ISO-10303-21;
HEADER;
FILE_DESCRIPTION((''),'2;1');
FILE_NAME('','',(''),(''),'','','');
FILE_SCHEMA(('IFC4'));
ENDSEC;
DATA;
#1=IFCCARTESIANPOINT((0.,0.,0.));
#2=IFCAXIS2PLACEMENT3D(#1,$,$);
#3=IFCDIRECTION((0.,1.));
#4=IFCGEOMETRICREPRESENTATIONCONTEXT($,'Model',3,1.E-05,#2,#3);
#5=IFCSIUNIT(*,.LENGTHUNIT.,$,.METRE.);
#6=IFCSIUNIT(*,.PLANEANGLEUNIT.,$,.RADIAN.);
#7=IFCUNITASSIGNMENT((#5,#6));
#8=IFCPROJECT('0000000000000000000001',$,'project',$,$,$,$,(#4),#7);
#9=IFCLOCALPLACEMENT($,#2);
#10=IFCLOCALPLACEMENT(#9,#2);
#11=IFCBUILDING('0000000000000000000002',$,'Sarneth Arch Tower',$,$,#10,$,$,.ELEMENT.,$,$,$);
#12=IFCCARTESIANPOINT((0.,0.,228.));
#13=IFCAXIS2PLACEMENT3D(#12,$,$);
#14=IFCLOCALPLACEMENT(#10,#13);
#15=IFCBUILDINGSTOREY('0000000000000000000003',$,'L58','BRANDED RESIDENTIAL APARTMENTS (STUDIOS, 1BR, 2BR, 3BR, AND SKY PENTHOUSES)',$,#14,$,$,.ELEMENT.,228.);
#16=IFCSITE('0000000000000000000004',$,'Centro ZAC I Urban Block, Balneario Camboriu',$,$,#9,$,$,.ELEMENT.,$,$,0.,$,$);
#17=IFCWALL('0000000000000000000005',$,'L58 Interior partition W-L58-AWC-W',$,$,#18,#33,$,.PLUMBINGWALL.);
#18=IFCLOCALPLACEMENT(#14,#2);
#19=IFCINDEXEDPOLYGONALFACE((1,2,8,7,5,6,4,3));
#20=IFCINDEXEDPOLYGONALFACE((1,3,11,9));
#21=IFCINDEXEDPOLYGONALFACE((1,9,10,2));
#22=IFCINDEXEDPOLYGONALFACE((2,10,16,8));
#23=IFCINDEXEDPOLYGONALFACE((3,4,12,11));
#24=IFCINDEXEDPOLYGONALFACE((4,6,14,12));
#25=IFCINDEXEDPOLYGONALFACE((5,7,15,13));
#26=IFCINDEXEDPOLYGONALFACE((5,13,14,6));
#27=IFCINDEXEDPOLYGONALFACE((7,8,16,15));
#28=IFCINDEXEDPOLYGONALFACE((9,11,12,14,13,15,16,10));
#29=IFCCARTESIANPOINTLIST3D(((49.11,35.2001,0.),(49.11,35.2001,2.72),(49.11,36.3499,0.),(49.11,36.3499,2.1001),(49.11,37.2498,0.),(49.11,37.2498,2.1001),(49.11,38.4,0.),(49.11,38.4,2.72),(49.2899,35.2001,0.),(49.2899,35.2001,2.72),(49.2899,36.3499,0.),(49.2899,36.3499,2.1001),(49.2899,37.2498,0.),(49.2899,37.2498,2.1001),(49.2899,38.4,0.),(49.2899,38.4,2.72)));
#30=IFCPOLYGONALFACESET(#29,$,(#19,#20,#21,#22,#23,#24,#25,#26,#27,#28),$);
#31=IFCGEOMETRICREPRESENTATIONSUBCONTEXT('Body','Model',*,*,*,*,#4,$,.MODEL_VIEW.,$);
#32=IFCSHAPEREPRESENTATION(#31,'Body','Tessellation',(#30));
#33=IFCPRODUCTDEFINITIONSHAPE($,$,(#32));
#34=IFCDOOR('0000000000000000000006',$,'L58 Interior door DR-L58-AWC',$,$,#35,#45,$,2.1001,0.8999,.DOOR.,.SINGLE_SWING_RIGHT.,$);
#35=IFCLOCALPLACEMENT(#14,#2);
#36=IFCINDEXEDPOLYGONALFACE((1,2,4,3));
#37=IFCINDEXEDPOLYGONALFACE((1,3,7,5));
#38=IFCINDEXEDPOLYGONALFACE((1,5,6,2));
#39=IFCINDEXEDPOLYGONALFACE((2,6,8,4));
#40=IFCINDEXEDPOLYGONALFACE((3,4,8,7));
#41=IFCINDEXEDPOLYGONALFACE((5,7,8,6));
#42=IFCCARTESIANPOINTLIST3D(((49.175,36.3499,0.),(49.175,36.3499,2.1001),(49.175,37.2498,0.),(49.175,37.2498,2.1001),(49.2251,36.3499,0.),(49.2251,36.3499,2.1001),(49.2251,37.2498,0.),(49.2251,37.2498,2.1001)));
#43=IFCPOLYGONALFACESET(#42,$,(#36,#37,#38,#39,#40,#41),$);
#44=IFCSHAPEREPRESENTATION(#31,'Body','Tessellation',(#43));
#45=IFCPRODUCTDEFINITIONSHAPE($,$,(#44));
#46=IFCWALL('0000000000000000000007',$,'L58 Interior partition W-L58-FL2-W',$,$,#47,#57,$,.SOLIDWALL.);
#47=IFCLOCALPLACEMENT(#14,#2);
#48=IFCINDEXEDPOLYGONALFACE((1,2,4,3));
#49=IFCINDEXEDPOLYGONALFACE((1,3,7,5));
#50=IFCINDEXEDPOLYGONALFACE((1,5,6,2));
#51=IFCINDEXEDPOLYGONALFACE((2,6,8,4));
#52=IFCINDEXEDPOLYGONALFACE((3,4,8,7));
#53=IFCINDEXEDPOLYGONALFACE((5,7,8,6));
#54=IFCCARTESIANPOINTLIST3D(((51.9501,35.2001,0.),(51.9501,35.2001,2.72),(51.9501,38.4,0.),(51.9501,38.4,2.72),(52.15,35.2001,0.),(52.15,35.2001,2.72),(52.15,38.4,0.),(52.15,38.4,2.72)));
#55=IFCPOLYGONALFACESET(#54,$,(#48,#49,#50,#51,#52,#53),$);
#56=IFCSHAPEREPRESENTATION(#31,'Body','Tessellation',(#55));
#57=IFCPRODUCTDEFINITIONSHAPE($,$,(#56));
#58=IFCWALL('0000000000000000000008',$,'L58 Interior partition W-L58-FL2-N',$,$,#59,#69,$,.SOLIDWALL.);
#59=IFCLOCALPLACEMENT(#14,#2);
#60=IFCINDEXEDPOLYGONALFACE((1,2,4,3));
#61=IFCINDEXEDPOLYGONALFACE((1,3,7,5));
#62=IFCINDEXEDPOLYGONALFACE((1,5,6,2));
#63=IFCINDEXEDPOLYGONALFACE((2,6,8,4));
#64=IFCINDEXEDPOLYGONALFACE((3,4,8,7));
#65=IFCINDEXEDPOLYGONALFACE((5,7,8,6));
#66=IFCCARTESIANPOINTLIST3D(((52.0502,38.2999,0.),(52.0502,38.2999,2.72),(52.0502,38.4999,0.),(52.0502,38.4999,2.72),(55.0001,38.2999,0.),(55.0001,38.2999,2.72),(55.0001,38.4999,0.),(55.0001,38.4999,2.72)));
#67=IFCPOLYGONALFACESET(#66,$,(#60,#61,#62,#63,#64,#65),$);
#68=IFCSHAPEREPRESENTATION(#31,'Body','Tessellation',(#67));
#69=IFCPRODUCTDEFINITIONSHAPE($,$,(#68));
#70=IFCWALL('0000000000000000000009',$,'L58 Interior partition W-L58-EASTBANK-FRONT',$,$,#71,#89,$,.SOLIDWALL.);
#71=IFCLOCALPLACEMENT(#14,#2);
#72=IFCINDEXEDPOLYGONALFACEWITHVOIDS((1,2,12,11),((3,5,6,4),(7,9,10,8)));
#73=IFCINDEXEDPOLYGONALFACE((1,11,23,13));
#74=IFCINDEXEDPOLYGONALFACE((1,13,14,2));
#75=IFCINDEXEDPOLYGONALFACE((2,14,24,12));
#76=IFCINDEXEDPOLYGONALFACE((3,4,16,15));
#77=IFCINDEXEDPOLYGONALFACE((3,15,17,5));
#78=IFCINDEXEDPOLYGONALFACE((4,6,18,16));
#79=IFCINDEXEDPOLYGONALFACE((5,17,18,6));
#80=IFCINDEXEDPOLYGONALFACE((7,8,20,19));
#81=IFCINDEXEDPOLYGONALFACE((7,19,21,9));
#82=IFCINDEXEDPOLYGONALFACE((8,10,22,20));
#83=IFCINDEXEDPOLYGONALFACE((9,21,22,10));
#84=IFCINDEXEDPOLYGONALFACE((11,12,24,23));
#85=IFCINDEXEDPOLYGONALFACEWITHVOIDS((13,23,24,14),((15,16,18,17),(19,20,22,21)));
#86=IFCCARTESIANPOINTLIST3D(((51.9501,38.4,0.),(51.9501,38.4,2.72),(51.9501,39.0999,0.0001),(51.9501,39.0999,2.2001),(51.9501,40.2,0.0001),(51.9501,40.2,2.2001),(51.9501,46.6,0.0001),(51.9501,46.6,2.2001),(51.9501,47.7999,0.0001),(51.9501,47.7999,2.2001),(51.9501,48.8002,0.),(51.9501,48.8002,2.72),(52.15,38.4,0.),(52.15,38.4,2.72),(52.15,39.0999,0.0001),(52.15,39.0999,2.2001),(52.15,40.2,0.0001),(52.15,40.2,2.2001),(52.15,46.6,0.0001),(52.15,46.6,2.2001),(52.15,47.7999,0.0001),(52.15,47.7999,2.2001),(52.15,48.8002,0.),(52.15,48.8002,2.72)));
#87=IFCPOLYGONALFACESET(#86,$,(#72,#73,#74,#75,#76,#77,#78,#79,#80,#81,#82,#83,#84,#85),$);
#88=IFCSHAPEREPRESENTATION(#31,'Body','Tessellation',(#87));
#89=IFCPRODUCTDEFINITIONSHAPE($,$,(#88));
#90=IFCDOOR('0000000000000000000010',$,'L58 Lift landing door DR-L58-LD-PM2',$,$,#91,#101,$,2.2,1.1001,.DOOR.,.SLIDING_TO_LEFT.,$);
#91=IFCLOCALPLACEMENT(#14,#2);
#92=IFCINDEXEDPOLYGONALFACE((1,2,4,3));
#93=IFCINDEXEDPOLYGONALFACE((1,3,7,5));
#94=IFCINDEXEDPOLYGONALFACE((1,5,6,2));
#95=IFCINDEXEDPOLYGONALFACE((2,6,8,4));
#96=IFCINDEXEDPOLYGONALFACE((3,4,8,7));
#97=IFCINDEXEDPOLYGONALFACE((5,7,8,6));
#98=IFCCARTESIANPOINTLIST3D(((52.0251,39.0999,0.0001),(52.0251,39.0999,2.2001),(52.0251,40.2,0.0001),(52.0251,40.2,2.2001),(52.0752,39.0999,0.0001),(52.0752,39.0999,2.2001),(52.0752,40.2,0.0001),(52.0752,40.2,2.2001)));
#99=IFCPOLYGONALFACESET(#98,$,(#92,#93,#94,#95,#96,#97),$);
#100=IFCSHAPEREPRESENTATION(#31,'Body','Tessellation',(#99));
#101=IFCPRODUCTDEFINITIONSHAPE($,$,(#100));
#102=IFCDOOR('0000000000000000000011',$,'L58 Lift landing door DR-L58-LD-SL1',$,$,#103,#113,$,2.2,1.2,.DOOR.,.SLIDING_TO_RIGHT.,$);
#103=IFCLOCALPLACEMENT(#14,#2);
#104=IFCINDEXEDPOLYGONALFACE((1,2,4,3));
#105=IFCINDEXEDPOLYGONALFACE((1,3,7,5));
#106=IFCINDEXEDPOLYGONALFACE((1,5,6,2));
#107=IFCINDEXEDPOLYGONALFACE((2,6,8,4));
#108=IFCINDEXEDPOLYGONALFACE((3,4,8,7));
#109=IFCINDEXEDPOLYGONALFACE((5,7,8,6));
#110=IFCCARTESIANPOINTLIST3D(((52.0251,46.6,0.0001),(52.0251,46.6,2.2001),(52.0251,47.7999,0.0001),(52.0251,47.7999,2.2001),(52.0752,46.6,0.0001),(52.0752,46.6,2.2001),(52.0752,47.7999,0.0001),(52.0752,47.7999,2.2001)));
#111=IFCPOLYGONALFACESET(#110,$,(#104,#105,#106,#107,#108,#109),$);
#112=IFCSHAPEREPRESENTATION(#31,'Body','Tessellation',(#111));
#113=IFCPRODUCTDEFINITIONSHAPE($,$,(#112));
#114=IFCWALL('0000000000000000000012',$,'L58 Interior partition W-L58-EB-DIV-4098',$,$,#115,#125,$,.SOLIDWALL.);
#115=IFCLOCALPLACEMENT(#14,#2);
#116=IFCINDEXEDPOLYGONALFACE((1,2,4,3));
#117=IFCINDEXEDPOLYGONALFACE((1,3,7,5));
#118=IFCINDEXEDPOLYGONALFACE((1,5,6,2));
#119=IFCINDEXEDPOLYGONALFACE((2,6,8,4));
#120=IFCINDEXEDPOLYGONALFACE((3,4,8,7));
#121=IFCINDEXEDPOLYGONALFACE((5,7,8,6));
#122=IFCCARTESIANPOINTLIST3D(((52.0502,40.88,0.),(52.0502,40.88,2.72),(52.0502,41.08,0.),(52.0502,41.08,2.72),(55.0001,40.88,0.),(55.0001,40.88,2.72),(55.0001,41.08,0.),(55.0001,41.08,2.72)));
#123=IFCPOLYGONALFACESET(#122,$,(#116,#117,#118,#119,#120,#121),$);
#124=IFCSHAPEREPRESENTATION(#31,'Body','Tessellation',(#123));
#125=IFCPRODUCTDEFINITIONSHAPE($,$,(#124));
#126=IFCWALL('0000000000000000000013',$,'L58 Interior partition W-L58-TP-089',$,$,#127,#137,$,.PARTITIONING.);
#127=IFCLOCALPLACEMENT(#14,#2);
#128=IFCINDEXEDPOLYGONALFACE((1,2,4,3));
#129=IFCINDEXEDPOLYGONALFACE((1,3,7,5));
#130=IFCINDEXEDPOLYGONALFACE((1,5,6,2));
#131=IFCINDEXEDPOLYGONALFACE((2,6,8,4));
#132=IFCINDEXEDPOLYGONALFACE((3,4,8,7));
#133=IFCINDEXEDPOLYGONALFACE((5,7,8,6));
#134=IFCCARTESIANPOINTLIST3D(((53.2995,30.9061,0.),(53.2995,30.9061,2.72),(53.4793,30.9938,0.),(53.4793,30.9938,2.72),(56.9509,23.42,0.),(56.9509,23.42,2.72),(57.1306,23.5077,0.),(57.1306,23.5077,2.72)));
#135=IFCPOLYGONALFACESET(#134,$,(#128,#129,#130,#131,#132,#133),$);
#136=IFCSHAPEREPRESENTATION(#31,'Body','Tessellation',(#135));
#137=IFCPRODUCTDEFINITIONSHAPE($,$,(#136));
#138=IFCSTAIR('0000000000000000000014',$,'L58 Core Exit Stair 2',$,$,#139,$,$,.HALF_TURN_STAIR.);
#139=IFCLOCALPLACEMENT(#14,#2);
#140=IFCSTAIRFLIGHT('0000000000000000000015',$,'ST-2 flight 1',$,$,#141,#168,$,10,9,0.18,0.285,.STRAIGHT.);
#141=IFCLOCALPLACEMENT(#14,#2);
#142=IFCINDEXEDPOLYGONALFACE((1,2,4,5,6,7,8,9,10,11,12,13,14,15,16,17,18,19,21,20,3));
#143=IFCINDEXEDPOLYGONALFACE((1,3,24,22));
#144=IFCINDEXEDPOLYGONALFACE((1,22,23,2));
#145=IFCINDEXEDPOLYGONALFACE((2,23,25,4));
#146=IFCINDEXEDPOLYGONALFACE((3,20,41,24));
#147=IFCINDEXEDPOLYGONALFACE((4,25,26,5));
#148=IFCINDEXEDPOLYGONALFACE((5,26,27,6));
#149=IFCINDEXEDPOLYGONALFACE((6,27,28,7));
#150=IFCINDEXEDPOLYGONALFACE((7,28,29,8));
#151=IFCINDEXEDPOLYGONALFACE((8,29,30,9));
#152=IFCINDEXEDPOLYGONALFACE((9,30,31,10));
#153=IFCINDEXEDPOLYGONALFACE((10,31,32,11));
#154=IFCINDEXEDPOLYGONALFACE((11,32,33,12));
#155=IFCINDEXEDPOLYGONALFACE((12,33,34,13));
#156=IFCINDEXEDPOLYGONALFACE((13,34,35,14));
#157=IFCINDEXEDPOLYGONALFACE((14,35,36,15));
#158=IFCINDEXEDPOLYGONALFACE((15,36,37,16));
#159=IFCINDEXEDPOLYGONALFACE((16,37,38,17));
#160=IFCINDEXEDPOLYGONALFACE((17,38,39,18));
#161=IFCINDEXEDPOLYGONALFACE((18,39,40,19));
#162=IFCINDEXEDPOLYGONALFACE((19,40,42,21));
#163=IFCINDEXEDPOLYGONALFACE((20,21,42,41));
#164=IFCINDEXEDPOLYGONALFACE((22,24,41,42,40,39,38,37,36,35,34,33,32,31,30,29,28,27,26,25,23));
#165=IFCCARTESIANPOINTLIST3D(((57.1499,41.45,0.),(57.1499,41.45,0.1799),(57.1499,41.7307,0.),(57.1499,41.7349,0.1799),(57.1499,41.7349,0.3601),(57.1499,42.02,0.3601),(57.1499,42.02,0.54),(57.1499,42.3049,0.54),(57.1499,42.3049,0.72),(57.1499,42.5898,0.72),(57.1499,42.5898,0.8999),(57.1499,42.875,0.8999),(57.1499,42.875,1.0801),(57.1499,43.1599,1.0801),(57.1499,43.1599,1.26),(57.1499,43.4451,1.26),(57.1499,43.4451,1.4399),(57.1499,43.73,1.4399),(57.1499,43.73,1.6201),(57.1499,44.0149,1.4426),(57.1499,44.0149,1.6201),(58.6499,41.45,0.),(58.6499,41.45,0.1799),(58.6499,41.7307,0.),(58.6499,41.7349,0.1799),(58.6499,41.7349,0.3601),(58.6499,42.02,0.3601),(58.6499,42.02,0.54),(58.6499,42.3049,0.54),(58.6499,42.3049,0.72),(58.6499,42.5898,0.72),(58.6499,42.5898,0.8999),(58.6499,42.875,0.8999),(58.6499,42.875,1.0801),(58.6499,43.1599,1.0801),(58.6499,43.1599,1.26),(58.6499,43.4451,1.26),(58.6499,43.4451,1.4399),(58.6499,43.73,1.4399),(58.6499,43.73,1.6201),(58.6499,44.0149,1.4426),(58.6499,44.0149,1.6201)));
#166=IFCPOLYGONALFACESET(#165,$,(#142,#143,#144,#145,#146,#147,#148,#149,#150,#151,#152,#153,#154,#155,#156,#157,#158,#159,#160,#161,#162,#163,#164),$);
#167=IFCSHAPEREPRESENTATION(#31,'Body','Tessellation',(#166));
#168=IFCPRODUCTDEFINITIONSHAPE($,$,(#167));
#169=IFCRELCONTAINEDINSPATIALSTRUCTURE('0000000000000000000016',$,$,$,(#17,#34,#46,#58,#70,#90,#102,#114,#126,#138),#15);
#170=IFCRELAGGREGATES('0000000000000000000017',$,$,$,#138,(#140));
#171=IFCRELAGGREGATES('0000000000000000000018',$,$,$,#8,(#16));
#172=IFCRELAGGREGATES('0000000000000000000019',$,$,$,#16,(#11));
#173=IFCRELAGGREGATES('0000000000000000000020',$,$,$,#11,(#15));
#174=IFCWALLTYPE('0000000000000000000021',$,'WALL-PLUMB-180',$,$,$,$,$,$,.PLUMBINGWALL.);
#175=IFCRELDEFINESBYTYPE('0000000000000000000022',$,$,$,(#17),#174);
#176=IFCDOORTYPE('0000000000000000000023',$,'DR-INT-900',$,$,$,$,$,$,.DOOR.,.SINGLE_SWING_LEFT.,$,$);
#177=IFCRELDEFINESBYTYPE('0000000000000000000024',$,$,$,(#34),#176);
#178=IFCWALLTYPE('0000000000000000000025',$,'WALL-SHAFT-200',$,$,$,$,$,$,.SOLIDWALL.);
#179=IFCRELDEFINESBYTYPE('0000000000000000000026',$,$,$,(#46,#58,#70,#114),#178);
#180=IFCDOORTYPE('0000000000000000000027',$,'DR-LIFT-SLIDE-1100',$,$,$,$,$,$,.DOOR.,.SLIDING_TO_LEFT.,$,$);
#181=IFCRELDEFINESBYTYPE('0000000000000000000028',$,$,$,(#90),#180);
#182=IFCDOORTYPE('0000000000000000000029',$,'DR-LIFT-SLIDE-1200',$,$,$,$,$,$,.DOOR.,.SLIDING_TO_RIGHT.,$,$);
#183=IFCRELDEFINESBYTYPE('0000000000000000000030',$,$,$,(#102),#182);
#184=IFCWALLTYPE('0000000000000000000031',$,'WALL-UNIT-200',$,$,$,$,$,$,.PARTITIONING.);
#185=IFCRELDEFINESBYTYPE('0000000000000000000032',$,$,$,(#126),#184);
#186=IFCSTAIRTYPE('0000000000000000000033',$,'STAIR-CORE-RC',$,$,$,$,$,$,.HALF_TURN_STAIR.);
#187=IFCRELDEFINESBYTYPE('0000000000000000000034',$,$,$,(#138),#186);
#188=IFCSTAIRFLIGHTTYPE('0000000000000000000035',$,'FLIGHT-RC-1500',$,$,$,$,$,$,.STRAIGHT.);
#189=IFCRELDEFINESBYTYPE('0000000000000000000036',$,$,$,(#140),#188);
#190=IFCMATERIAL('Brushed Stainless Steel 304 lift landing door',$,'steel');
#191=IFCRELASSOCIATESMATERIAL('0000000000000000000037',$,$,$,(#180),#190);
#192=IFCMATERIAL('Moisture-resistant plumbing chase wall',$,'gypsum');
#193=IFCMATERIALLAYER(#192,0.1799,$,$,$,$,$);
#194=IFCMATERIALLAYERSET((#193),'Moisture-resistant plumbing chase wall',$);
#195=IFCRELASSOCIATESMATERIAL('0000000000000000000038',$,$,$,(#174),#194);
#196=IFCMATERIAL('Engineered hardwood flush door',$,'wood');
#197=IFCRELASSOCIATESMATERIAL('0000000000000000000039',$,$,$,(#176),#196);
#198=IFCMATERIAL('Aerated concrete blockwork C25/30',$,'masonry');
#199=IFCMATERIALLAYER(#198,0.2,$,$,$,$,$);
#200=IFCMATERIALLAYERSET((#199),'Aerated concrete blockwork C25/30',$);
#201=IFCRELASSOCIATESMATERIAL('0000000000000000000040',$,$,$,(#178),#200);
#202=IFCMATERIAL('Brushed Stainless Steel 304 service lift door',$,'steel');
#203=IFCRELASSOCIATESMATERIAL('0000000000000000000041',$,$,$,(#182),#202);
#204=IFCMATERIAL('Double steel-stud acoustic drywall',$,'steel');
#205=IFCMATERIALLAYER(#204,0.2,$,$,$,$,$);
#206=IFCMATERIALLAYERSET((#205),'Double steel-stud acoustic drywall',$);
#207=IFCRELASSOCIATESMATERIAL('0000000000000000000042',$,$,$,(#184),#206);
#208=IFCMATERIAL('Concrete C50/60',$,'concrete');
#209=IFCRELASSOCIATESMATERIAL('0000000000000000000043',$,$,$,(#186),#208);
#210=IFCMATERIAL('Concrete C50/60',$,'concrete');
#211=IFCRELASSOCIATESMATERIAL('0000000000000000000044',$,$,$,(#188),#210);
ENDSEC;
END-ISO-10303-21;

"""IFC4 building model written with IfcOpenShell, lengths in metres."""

from ifc_helpers import new_model, si_unit, direction, frame, frame_2d, origin, place, context, subcontext, project, spatial, polyline, rectangle, outline, extrude, material, layer, layer_set, type_object, element, fill, aggregate, save


model = new_model("IFC4")

# Units and contexts
model_context = context("Model", 3, precision=1e-05, world=origin(), true_north=direction((0.0, 1.0)))
body_context = subcontext(model_context, "Body", "Model", "MODEL_VIEW")
ifc_project = project(units=[si_unit("LENGTHUNIT", "METRE"), si_unit("PLANEANGLEUNIT", "RADIAN")], contexts=[model_context])

# Site, building, storey
site_placement = place(None, origin())
site = spatial("IfcSite", under=ifc_project, at=site_placement, Name="Centro ZAC I Urban Block, Balneario Camboriu", CompositionType="ELEMENT", RefElevation=0.0)
building_placement = place(site_placement, origin())
building = spatial("IfcBuilding", under=site, at=building_placement, Name="Sarneth Arch Tower", CompositionType="ELEMENT")
storey_placement = place(building_placement, frame((0.0, 0.0, 228.0)))
storey = spatial("IfcBuildingStorey", under=building, at=storey_placement, Name="L58", Description="BRANDED RESIDENTIAL APARTMENTS (STUDIOS, 1BR, 2BR, 3BR, AND SKY PENTHOUSES)", CompositionType="ELEMENT", Elevation=228.0)

# Shared definitions
ifc_material_1 = material(Name="Brushed Stainless Steel 304 lift landing door", Category="steel")
door_type_1 = type_object("IfcDoorType", Name="DR-LIFT-SLIDE-1100", OperationType="SLIDING_TO_LEFT", PredefinedType="DOOR", material=ifc_material_1)

# Shared definitions
ifc_material_2 = material(Name="Moisture-resistant plumbing chase wall", Category="gypsum")
ifc_layer_1 = layer(ifc_material_2, 0.1799)
ifc_layer_set_1 = layer_set([ifc_layer_1], Name="Moisture-resistant plumbing chase wall")
wall_type_1 = type_object("IfcWallType", Name="WALL-PLUMB-180", PredefinedType="PLUMBINGWALL", material=ifc_layer_set_1)

# Wall, opening, door
wall_1_placement = place(storey_placement, frame((49.2, 35.2, 0.0), z_axis=(0.0, 0.0, 1.0), x_axis=(0.0, 1.0, 0.0)))
wall_1 = element("IfcWall", 1, at=wall_1_placement, inside=storey, type_object=wall_type_1, Name="L58 Interior partition W-L58-AWC-W", PredefinedType="PLUMBINGWALL", context=body_context, shape_type="SweptSolid", body=[
    extrude(rectangle(XDim=3.2, YDim=0.1799, at=frame_2d((1.6001, 0.0))), origin(), (0.0, 0.0, 1.0), 2.72),
])
opening_1_placement = place(wall_1_placement, frame((1.1499, 0.0, 0.0)))
opening_1 = element("IfcOpeningElement", 2, at=opening_1_placement, cuts=wall_1, PredefinedType="OPENING", context=body_context, shape_type="SweptSolid", body=[
    extrude(rectangle(XDim=0.8999, YDim=2.1001, at=frame_2d((0.45, 1.05))), frame((0.0, 0.0999, 0.0), z_axis=(0.0, -1.0, 0.0), x_axis=(1.0, 0.0, 0.0)), (0.0, 0.0, 1.0), 0.2),
])
ifc_material_3 = material(Name="Engineered hardwood flush door", Category="wood")
door_type_2 = type_object("IfcDoorType", Name="DR-INT-900", OperationType="SINGLE_SWING_LEFT", PredefinedType="DOOR", material=ifc_material_3)
door_1_placement = place(opening_1_placement, origin())
door_1 = element("IfcDoor", 3, at=door_1_placement, inside=storey, type_object=door_type_2, Name="L58 Interior door DR-L58-AWC", OperationType="SINGLE_SWING_RIGHT", OverallHeight=2.1001, OverallWidth=0.8999, PredefinedType="DOOR", context=body_context, shape_type="SweptSolid", body=[
    extrude(rectangle(XDim=0.8999, YDim=2.1001, at=frame_2d((0.45, 1.05))), frame((0.0, 0.0249, 0.0), z_axis=(0.0, -1.0, 0.0), x_axis=(1.0, 0.0, 0.0)), (0.0, 0.0, 1.0), 0.05),
])
fill(opening_1, door_1)
ifc_material_4 = material(Name="Aerated concrete blockwork C25/30", Category="masonry")
ifc_layer_2 = layer(ifc_material_4, 0.2)
ifc_layer_set_2 = layer_set([ifc_layer_2], Name="Aerated concrete blockwork C25/30")
wall_type_2 = type_object("IfcWallType", Name="WALL-SHAFT-200", PredefinedType="SOLIDWALL", material=ifc_layer_set_2)

# Walls
wall_2_placement = place(storey_placement, frame((52.05, 35.2, 0.0), z_axis=(0.0, 0.0, 1.0), x_axis=(0.0, 1.0, 0.0)))
element("IfcWall", 4, at=wall_2_placement, inside=storey, type_object=wall_type_2, Name="L58 Interior partition W-L58-FL2-W", PredefinedType="SOLIDWALL", context=body_context, shape_type="SweptSolid", body=[
    extrude(rectangle(XDim=3.2, YDim=0.2, at=frame_2d((1.6001, 0.0))), origin(), (0.0, 0.0, 1.0), 2.72),
])
wall_3_placement = place(storey_placement, frame((52.05, 38.3999, 0.0), z_axis=(0.0, 0.0, 1.0), x_axis=(1.0, 0.0, 0.0)))
element("IfcWall", 5, at=wall_3_placement, inside=storey, type_object=wall_type_2, Name="L58 Interior partition W-L58-FL2-N", PredefinedType="SOLIDWALL", context=body_context, shape_type="SweptSolid", body=[
    extrude(rectangle(XDim=2.95, YDim=0.2, at=frame_2d((1.4751, 0.0))), origin(), (0.0, 0.0, 1.0), 2.72),
])

# Wall, openings, doors
wall_4_placement = place(storey_placement, frame((52.05, 38.3999, 0.0), z_axis=(0.0, 0.0, 1.0), x_axis=(0.0, 1.0, 0.0)))
wall_4 = element("IfcWall", 6, at=wall_4_placement, inside=storey, type_object=wall_type_2, Name="L58 Interior partition W-L58-EASTBANK-FRONT", PredefinedType="SOLIDWALL", context=body_context, shape_type="SweptSolid", body=[
    extrude(rectangle(XDim=10.4001, YDim=0.2, at=frame_2d((5.2002, 0.0))), origin(), (0.0, 0.0, 1.0), 2.72),
])
opening_2_placement = place(wall_4_placement, frame((0.7, 0.0, 0.0)))
opening_2 = element("IfcOpeningElement", 7, at=opening_2_placement, cuts=wall_4, PredefinedType="OPENING", context=body_context, shape_type="SweptSolid", body=[
    extrude(rectangle(XDim=1.1001, YDim=2.2, at=frame_2d((0.55, 1.1001))), frame((0.0, 0.1099, 0.0), z_axis=(0.0, -1.0, 0.0), x_axis=(1.0, 0.0, 0.0)), (0.0, 0.0, 1.0), 0.22),
])
opening_3_placement = place(wall_4_placement, frame((8.2, 0.0, 0.0)))
opening_3 = element("IfcOpeningElement", 8, at=opening_3_placement, cuts=wall_4, PredefinedType="OPENING", context=body_context, shape_type="SweptSolid", body=[
    extrude(rectangle(XDim=1.2, YDim=2.2, at=frame_2d((0.6001, 1.1001))), frame((0.0, 0.1099, 0.0), z_axis=(0.0, -1.0, 0.0), x_axis=(1.0, 0.0, 0.0)), (0.0, 0.0, 1.0), 0.22),
])
door_2_placement = place(opening_2_placement, origin())
door_2 = element("IfcDoor", 9, at=door_2_placement, inside=storey, type_object=door_type_1, Name="L58 Lift landing door DR-L58-LD-PM2", OperationType="SLIDING_TO_LEFT", OverallHeight=2.2, OverallWidth=1.1001, PredefinedType="DOOR", context=body_context, shape_type="SweptSolid", body=[
    extrude(rectangle(XDim=1.1001, YDim=2.2, at=frame_2d((0.55, 1.1001))), frame((0.0, 0.0249, 0.0), z_axis=(0.0, -1.0, 0.0), x_axis=(1.0, 0.0, 0.0)), (0.0, 0.0, 1.0), 0.05),
])
fill(opening_2, door_2)
ifc_material_5 = material(Name="Brushed Stainless Steel 304 service lift door", Category="steel")
door_type_3 = type_object("IfcDoorType", Name="DR-LIFT-SLIDE-1200", OperationType="SLIDING_TO_RIGHT", PredefinedType="DOOR", material=ifc_material_5)
door_3_placement = place(opening_3_placement, origin())
door_3 = element("IfcDoor", 10, at=door_3_placement, inside=storey, type_object=door_type_3, Name="L58 Lift landing door DR-L58-LD-SL1", OperationType="SLIDING_TO_RIGHT", OverallHeight=2.2, OverallWidth=1.2, PredefinedType="DOOR", context=body_context, shape_type="SweptSolid", body=[
    extrude(rectangle(XDim=1.2, YDim=2.2, at=frame_2d((0.6001, 1.1001))), frame((0.0, 0.0249, 0.0), z_axis=(0.0, -1.0, 0.0), x_axis=(1.0, 0.0, 0.0)), (0.0, 0.0, 1.0), 0.05),
])
fill(opening_3, door_3)

# Walls
wall_5_placement = place(storey_placement, frame((52.05, 40.98, 0.0), z_axis=(0.0, 0.0, 1.0), x_axis=(1.0, 0.0, 0.0)))
element("IfcWall", 11, at=wall_5_placement, inside=storey, type_object=wall_type_2, Name="L58 Interior partition W-L58-EB-DIV-4098", PredefinedType="SOLIDWALL", context=body_context, shape_type="SweptSolid", body=[
    extrude(rectangle(XDim=2.95, YDim=0.2, at=frame_2d((1.4751, 0.0))), origin(), (0.0, 0.0, 1.0), 2.72),
])
ifc_material_6 = material(Name="Double steel-stud acoustic drywall", Category="steel")
ifc_layer_3 = layer(ifc_material_6, 0.2)
ifc_layer_set_3 = layer_set([ifc_layer_3], Name="Double steel-stud acoustic drywall")
wall_type_3 = type_object("IfcWallType", Name="WALL-UNIT-200", PredefinedType="PARTITIONING", material=ifc_layer_set_3)
wall_6_placement = place(storey_placement, frame((53.3894, 30.95, 0.0), z_axis=(0.0, 0.0, 1.0), x_axis=(0.438387, -0.898786, 0.0)))
element("IfcWall", 12, at=wall_6_placement, inside=storey, type_object=wall_type_3, Name="L58 Interior partition W-L58-TP-089", PredefinedType="PARTITIONING", context=body_context, shape_type="SweptSolid", body=[
    extrude(rectangle(XDim=8.3291, YDim=0.2, at=frame_2d((4.1646, 0.0))), origin(), (0.0, 0.0, 1.0), 2.72),
])

# Stair, stair flight
ifc_material_7 = material(Name="Concrete C50/60", Category="concrete")
stair_type = type_object("IfcStairType", Name="STAIR-CORE-RC", PredefinedType="HALF_TURN_STAIR", material=ifc_material_7)
stair_placement = place(storey_placement, origin())
stair = element("IfcStair", 13, at=stair_placement, inside=storey, type_object=stair_type, Name="L58 Core Exit Stair 2", PredefinedType="HALF_TURN_STAIR")
ifc_material_8 = material(Name="Concrete C50/60", Category="concrete")
stair_flight_type = type_object("IfcStairFlightType", Name="FLIGHT-RC-1500", PredefinedType="STRAIGHT", material=ifc_material_8)
stair_flight_placement = place(storey_placement, frame((57.8999, 41.45, 0.0), z_axis=(0.0, 0.0, 1.0), x_axis=(0.0, 1.0, 0.0)))
stair_flight = element("IfcStairFlight", 14, at=stair_flight_placement, type_object=stair_flight_type, Name="ST-2 flight 1", NumberOfRisers=10, NumberOfTreads=9, PredefinedType="STRAIGHT", RiserHeight=0.18, TreadLength=0.285, context=body_context, shape_type="SweptSolid", body=[
    extrude(outline(polyline([(0.0, 0.0), (0.0, 0.1799), (0.2849, 0.1799), (0.2849, 0.3601), (0.5701, 0.3601), (0.5701, 0.54), (0.855, 0.54), (0.855, 0.72), (1.1399, 0.72), (1.1399, 0.8999), (1.425, 0.8999), (1.425, 1.0801), (1.71, 1.0801), (1.71, 1.26), (1.9951, 1.26), (1.9951, 1.4399), (2.28, 1.4399), (2.28, 1.6201), (2.5649, 1.6201), (2.5649, 1.8), (2.5649, 1.4426), (0.2808, 0.0), (0.0, 0.0)])), frame((0.0, 0.75, 0.0), z_axis=(0.0, -1.0, 0.0), x_axis=(1.0, 0.0, 0.0)), (0.0, 0.0, 1.0), 1.5),
])
aggregate(stair, [stair_flight])

save(model, "model.ifc")
